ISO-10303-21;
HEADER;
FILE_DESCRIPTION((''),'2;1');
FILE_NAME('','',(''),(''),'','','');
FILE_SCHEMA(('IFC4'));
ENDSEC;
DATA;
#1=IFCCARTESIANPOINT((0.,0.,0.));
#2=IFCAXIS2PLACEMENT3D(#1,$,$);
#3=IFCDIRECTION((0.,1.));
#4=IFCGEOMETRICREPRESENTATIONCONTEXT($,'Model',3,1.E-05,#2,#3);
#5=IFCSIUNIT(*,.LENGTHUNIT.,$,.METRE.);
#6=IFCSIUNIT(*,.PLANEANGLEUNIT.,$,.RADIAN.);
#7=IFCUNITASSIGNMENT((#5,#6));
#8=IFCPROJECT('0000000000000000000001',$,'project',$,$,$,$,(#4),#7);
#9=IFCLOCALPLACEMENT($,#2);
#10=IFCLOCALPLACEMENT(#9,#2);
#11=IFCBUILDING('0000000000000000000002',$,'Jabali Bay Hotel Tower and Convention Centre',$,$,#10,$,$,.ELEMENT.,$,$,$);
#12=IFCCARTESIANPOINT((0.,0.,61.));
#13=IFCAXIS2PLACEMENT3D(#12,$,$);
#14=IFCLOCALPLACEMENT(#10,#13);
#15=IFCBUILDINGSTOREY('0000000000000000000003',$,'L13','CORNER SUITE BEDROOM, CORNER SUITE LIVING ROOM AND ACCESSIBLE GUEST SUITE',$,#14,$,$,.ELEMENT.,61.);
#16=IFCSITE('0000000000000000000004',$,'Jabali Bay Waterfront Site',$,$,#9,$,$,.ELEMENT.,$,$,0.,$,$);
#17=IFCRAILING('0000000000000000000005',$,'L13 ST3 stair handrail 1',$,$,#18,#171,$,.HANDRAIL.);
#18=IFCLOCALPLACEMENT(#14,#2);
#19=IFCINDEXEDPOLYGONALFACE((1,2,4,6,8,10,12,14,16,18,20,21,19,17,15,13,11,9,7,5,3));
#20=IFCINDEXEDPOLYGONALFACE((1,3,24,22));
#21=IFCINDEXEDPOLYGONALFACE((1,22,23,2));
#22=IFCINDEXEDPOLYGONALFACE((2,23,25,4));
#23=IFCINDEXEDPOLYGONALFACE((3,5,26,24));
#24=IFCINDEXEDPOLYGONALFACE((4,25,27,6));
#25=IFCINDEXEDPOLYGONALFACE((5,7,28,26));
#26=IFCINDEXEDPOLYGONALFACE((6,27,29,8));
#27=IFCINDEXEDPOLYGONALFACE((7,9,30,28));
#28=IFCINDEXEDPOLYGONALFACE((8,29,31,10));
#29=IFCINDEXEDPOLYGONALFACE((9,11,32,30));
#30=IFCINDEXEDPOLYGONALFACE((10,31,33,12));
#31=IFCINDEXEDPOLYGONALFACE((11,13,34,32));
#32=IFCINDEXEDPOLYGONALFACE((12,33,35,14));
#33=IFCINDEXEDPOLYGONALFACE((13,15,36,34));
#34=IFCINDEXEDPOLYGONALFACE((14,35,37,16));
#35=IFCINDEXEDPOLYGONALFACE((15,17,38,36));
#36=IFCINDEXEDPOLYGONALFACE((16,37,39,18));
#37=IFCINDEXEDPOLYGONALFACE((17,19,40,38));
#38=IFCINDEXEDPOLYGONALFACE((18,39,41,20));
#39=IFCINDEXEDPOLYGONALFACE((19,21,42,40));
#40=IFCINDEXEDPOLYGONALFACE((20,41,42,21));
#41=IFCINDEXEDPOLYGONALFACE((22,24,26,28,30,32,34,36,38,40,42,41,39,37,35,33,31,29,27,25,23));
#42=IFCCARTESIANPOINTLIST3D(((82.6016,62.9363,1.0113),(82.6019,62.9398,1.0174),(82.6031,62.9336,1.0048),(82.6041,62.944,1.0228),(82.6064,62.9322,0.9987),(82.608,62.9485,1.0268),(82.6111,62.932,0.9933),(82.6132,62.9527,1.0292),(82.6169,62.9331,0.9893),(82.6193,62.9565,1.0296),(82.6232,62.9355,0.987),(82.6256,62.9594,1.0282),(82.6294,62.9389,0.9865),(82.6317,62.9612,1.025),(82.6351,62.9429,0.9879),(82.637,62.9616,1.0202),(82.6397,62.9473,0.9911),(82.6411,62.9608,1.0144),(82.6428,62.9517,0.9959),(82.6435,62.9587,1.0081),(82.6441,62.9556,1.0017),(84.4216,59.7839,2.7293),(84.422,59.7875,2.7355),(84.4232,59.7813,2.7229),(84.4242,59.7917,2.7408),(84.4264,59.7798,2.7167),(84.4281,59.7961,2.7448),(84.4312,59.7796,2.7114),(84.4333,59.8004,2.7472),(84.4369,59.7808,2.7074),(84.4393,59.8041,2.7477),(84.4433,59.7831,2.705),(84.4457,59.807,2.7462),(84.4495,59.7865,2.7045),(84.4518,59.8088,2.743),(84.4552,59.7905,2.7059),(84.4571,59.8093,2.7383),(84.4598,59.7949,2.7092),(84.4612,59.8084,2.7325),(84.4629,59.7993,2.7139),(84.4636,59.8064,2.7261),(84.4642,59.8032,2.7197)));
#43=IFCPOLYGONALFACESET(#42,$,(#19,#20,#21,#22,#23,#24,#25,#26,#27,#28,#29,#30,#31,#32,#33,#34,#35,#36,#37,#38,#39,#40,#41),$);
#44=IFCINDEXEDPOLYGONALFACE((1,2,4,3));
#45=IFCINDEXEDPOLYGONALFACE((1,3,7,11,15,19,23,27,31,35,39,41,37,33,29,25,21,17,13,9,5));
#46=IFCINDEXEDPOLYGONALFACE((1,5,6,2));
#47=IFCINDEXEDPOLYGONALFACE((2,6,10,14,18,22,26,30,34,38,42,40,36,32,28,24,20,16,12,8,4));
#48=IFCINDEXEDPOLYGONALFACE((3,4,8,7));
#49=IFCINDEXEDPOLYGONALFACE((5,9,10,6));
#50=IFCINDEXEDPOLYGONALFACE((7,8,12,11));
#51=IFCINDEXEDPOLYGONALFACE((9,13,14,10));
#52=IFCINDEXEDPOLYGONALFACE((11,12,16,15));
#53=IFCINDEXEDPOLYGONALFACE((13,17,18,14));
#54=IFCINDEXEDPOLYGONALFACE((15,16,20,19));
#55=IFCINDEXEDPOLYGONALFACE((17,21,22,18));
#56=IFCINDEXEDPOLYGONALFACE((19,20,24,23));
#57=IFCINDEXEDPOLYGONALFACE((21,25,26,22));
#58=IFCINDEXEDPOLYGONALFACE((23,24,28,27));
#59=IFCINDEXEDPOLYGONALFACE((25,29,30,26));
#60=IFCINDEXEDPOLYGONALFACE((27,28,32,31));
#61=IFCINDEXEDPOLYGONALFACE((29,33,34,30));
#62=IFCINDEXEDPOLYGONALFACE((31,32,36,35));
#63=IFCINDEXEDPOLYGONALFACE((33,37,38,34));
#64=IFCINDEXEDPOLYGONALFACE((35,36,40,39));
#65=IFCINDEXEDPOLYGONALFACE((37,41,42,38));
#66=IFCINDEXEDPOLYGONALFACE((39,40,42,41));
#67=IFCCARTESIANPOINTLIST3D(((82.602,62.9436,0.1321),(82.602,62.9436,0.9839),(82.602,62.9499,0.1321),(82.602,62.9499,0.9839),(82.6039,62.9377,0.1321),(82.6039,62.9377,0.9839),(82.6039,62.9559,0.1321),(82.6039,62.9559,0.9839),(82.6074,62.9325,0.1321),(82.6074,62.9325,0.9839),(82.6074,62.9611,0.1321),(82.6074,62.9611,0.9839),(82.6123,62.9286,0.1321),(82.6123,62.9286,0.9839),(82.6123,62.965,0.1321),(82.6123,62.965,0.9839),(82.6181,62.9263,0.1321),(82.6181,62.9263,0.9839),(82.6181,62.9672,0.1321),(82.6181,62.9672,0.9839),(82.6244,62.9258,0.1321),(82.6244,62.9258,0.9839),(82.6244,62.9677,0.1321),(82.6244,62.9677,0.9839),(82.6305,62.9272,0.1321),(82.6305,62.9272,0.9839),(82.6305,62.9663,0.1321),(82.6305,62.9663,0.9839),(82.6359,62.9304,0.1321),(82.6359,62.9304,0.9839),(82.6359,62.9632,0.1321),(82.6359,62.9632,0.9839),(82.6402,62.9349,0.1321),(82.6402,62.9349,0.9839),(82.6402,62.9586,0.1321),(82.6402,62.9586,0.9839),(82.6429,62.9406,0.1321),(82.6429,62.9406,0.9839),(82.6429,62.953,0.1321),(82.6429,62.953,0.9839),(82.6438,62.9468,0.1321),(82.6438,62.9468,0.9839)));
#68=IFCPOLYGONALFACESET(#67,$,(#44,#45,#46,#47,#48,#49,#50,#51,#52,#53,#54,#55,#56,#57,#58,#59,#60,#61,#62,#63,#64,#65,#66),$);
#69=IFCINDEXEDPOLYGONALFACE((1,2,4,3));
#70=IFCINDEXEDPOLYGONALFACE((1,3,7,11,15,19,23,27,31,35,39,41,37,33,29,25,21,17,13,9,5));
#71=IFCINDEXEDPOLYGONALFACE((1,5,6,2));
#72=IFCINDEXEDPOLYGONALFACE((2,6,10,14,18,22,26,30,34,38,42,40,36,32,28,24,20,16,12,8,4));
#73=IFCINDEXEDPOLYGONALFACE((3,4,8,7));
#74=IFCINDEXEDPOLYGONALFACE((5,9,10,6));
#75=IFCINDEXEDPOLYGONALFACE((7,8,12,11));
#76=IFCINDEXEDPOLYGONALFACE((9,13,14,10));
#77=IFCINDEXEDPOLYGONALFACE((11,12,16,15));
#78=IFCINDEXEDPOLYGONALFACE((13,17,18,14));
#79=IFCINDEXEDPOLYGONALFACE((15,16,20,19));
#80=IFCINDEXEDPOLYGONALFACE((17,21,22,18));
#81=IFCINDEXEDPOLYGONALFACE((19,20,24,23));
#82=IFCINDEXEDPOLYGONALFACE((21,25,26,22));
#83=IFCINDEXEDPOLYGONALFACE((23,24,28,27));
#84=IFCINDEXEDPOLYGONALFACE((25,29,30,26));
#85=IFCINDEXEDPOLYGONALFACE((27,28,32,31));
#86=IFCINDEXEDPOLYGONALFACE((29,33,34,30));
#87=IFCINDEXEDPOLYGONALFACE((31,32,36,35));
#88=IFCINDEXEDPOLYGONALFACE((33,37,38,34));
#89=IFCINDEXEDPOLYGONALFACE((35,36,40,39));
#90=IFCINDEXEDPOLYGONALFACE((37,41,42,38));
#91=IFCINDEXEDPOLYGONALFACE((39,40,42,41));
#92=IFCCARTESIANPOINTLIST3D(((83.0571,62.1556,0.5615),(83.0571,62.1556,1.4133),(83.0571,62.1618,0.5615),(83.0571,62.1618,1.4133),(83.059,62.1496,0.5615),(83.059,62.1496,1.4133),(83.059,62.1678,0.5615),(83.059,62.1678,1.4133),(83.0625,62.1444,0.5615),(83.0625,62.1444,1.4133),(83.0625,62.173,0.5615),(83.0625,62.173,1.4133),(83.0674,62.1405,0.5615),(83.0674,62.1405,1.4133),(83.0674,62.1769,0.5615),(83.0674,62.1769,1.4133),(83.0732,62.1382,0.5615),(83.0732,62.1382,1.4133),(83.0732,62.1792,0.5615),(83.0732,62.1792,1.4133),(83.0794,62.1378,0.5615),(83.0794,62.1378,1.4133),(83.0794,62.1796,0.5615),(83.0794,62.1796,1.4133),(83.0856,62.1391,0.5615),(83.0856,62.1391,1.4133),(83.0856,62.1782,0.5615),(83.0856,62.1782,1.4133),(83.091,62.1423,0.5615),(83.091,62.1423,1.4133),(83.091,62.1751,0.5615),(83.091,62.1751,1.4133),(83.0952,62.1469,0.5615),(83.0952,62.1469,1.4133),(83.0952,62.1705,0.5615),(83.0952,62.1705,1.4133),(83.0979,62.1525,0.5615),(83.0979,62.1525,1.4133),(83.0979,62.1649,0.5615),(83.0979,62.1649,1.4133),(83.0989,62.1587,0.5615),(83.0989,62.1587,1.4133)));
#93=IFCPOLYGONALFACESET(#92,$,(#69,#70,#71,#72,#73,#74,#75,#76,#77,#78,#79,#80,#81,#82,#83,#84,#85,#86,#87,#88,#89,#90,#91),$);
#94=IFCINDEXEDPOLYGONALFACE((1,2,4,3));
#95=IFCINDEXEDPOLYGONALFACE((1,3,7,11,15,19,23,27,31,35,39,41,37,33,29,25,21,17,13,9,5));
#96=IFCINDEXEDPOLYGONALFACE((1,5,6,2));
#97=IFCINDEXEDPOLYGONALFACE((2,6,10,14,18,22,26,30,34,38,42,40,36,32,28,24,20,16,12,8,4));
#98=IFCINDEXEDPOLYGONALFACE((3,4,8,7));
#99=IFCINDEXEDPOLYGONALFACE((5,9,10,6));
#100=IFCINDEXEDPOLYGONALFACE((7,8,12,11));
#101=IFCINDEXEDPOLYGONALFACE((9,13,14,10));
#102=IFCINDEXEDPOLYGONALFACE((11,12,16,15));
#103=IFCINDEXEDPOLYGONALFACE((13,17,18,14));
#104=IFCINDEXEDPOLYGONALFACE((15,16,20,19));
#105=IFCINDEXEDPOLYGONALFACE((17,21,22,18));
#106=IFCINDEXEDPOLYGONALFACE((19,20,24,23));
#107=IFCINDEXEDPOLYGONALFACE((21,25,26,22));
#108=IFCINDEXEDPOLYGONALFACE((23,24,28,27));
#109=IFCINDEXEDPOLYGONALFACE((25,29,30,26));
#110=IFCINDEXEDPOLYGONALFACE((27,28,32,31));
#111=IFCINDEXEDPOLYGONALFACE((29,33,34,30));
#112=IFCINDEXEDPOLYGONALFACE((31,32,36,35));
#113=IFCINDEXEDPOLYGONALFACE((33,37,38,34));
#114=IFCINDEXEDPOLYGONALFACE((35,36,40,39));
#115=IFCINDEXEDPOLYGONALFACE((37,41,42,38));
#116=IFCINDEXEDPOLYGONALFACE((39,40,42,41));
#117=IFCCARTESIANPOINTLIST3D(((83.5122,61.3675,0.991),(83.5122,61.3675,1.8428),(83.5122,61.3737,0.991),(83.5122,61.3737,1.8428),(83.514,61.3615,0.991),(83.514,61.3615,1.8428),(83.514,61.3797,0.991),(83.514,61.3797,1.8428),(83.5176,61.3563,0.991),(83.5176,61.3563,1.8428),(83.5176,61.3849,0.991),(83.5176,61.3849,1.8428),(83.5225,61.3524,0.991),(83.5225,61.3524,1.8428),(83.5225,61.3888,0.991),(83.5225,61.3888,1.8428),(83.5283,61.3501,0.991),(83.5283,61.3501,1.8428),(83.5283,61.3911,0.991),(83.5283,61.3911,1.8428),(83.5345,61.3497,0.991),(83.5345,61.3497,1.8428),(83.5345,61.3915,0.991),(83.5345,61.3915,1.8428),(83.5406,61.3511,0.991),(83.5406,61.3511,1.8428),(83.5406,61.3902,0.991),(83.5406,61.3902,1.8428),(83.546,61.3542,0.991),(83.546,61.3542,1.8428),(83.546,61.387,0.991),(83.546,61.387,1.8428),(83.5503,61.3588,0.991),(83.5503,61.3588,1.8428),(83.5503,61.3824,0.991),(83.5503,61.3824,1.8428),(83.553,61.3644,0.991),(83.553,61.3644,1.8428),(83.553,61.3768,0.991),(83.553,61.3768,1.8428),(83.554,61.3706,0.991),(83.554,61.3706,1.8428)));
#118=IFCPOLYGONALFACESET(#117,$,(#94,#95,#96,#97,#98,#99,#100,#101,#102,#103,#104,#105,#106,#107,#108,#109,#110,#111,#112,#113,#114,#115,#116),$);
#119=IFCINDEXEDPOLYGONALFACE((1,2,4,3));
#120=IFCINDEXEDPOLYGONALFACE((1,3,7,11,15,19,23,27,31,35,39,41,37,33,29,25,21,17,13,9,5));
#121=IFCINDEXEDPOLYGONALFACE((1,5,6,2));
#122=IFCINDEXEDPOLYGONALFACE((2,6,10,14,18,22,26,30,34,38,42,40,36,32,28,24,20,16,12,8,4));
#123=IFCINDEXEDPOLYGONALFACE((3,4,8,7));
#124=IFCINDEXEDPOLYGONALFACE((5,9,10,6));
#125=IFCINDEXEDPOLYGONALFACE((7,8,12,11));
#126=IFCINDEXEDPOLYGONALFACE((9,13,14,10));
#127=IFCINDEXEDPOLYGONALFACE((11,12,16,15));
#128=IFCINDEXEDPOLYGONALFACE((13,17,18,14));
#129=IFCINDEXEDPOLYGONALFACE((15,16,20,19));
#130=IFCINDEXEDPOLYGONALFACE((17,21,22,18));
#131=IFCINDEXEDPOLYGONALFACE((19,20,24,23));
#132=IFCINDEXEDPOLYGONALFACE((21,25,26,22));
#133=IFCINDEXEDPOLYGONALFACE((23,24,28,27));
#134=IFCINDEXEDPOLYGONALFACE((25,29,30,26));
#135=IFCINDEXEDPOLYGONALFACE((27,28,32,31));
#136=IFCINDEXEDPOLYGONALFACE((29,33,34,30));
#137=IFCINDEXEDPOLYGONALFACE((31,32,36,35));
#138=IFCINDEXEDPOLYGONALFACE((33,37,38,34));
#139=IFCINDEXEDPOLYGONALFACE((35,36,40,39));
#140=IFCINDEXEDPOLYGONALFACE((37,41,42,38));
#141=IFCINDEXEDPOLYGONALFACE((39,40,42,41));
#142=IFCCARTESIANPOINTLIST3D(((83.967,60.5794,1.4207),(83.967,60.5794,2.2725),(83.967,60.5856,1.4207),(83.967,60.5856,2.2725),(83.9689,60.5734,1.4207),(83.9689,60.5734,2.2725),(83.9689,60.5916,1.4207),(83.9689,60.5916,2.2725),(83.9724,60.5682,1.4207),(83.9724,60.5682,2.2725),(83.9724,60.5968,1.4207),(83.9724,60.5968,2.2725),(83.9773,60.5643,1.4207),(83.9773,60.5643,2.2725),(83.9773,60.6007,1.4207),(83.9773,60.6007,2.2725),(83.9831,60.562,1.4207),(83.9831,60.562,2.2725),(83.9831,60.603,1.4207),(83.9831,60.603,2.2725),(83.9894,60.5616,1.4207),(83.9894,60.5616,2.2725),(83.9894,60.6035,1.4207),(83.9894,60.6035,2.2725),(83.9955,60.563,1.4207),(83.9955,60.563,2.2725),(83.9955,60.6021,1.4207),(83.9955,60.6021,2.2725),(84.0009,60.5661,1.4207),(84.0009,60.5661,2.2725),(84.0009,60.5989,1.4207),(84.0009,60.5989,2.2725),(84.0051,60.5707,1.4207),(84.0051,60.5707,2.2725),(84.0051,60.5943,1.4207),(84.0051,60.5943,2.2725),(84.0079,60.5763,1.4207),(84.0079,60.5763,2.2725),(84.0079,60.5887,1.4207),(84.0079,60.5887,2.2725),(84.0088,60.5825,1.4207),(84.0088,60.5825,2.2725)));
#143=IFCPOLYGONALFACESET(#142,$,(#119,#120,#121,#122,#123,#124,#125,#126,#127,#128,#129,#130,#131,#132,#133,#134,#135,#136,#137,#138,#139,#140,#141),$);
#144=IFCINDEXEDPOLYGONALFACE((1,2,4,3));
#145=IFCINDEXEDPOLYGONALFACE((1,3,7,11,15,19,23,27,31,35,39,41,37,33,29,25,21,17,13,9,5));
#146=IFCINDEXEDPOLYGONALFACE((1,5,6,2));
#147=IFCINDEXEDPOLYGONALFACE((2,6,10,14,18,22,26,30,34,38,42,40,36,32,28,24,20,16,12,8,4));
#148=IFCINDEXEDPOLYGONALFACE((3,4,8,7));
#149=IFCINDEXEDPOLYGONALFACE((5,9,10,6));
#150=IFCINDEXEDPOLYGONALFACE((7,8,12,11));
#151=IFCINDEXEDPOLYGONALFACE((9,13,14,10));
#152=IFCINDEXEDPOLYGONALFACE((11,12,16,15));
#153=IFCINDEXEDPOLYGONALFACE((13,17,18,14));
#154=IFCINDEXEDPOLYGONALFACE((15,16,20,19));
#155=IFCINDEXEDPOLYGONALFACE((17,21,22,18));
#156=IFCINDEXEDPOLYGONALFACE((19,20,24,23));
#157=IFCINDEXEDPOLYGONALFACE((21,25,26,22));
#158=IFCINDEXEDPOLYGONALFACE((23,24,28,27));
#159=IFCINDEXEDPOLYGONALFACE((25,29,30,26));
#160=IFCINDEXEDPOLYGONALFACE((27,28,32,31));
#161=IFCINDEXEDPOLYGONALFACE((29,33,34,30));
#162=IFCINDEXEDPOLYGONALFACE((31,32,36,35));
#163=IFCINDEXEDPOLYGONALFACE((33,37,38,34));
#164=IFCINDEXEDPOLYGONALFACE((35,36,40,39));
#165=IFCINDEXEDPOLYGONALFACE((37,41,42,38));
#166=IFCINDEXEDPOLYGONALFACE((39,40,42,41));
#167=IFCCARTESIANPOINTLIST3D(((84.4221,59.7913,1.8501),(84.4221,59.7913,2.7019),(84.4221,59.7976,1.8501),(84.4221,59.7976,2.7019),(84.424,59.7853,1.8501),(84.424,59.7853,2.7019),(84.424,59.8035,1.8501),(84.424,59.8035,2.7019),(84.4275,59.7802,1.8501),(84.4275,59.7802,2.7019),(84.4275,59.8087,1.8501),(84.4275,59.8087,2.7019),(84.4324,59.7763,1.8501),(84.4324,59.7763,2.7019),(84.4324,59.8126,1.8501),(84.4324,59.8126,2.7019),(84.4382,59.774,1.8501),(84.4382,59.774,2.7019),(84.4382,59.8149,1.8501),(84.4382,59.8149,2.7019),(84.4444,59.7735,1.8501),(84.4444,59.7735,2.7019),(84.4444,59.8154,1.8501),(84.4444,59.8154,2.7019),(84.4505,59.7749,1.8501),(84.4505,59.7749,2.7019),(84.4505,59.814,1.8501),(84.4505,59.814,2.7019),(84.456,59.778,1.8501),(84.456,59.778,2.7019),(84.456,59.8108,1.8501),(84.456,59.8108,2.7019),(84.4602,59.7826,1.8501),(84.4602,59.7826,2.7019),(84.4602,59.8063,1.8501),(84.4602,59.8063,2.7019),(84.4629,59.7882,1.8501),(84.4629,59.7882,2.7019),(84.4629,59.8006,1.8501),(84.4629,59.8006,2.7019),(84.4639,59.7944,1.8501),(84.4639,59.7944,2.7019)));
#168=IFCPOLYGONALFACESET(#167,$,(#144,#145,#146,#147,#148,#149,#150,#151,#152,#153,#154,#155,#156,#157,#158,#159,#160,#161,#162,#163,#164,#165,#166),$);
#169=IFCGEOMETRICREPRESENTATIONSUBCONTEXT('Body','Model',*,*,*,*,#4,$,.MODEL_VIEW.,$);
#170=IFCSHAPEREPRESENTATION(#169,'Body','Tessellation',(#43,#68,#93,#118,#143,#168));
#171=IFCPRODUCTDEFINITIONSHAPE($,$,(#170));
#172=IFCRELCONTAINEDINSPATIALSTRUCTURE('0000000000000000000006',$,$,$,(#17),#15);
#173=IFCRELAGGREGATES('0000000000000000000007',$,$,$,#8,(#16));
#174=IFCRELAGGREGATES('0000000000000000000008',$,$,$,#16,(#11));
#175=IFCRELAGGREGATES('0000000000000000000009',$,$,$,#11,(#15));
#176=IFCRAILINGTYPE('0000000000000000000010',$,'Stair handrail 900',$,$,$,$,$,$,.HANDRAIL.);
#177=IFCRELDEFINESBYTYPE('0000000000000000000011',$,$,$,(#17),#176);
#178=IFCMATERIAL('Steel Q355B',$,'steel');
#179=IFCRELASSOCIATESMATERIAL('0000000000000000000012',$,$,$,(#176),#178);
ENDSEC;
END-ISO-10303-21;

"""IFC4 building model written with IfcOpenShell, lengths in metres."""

from ifc_helpers import new_model, si_unit, direction, frame, origin, origin_2d, place, context, subcontext, project, spatial, circle, extrude, material, type_object, element, save


model = new_model("IFC4")

# Units and contexts
model_context = context("Model", 3, precision=1e-05, world=origin(), true_north=direction((0.0, 1.0)))
body_context = subcontext(model_context, "Body", "Model", "MODEL_VIEW")
ifc_project = project(units=[si_unit("LENGTHUNIT", "METRE"), si_unit("PLANEANGLEUNIT", "RADIAN")], contexts=[model_context])

# Site, building, storey
site_placement = place(None, origin())
site = spatial("IfcSite", under=ifc_project, at=site_placement, Name="Jabali Bay Waterfront Site", CompositionType="ELEMENT", RefElevation=0.0)
building_placement = place(site_placement, origin())
building = spatial("IfcBuilding", under=site, at=building_placement, Name="Jabali Bay Hotel Tower and Convention Centre", CompositionType="ELEMENT")
storey_placement = place(building_placement, frame((0.0, 0.0, 61.0)))
storey = spatial("IfcBuildingStorey", under=building, at=storey_placement, Name="L13", Description="CORNER SUITE BEDROOM, CORNER SUITE LIVING ROOM AND ACCESSIBLE GUEST SUITE", CompositionType="ELEMENT", Elevation=61.0)

# Railing
ifc_material_1 = material(Name="Steel Q355B", Category="steel")
railing_type_1 = type_object("IfcRailingType", Name="Stair handrail 900", PredefinedType="HANDRAIL", material=ifc_material_1)
railing_1_placement = place(storey_placement, frame((82.6228, 62.9468, 0.1321)))
element("IfcRailing", 1, at=railing_1_placement, inside=storey, type_object=railing_type_1, Name="L13 ST3 stair handrail 1", PredefinedType="HANDRAIL", context=body_context, shape_type="SweptSolid", body=[
    extrude(circle(Radius=0.0239, at=origin_2d()), frame((0.0, 0.0, 0.876), z_axis=(0.452179, -0.78317, 0.426825), x_axis=(0.866018, 0.500013, 0.0)), (0.0, 0.0, 1.0), 4.0251),
    extrude(circle(Radius=0.021, at=origin_2d()), origin(), (0.0, 0.0, 1.0), 0.8518),
    extrude(circle(Radius=0.021, at=origin_2d()), frame((0.4551, -0.7881, 0.4294)), (0.0, 0.0, 1.0), 0.8518),
    extrude(circle(Radius=0.021, at=origin_2d()), frame((0.9102, -1.5762, 0.8589)), (0.0, 0.0, 1.0), 0.8518),
    extrude(circle(Radius=0.021, at=origin_2d()), frame((1.365, -2.3643, 1.2886)), (0.0, 0.0, 1.0), 0.8518),
    extrude(circle(Radius=0.021, at=origin_2d()), frame((1.8201, -3.1523, 1.718)), (0.0, 0.0, 1.0), 0.8518),
])

save(model, "model.ifc")
